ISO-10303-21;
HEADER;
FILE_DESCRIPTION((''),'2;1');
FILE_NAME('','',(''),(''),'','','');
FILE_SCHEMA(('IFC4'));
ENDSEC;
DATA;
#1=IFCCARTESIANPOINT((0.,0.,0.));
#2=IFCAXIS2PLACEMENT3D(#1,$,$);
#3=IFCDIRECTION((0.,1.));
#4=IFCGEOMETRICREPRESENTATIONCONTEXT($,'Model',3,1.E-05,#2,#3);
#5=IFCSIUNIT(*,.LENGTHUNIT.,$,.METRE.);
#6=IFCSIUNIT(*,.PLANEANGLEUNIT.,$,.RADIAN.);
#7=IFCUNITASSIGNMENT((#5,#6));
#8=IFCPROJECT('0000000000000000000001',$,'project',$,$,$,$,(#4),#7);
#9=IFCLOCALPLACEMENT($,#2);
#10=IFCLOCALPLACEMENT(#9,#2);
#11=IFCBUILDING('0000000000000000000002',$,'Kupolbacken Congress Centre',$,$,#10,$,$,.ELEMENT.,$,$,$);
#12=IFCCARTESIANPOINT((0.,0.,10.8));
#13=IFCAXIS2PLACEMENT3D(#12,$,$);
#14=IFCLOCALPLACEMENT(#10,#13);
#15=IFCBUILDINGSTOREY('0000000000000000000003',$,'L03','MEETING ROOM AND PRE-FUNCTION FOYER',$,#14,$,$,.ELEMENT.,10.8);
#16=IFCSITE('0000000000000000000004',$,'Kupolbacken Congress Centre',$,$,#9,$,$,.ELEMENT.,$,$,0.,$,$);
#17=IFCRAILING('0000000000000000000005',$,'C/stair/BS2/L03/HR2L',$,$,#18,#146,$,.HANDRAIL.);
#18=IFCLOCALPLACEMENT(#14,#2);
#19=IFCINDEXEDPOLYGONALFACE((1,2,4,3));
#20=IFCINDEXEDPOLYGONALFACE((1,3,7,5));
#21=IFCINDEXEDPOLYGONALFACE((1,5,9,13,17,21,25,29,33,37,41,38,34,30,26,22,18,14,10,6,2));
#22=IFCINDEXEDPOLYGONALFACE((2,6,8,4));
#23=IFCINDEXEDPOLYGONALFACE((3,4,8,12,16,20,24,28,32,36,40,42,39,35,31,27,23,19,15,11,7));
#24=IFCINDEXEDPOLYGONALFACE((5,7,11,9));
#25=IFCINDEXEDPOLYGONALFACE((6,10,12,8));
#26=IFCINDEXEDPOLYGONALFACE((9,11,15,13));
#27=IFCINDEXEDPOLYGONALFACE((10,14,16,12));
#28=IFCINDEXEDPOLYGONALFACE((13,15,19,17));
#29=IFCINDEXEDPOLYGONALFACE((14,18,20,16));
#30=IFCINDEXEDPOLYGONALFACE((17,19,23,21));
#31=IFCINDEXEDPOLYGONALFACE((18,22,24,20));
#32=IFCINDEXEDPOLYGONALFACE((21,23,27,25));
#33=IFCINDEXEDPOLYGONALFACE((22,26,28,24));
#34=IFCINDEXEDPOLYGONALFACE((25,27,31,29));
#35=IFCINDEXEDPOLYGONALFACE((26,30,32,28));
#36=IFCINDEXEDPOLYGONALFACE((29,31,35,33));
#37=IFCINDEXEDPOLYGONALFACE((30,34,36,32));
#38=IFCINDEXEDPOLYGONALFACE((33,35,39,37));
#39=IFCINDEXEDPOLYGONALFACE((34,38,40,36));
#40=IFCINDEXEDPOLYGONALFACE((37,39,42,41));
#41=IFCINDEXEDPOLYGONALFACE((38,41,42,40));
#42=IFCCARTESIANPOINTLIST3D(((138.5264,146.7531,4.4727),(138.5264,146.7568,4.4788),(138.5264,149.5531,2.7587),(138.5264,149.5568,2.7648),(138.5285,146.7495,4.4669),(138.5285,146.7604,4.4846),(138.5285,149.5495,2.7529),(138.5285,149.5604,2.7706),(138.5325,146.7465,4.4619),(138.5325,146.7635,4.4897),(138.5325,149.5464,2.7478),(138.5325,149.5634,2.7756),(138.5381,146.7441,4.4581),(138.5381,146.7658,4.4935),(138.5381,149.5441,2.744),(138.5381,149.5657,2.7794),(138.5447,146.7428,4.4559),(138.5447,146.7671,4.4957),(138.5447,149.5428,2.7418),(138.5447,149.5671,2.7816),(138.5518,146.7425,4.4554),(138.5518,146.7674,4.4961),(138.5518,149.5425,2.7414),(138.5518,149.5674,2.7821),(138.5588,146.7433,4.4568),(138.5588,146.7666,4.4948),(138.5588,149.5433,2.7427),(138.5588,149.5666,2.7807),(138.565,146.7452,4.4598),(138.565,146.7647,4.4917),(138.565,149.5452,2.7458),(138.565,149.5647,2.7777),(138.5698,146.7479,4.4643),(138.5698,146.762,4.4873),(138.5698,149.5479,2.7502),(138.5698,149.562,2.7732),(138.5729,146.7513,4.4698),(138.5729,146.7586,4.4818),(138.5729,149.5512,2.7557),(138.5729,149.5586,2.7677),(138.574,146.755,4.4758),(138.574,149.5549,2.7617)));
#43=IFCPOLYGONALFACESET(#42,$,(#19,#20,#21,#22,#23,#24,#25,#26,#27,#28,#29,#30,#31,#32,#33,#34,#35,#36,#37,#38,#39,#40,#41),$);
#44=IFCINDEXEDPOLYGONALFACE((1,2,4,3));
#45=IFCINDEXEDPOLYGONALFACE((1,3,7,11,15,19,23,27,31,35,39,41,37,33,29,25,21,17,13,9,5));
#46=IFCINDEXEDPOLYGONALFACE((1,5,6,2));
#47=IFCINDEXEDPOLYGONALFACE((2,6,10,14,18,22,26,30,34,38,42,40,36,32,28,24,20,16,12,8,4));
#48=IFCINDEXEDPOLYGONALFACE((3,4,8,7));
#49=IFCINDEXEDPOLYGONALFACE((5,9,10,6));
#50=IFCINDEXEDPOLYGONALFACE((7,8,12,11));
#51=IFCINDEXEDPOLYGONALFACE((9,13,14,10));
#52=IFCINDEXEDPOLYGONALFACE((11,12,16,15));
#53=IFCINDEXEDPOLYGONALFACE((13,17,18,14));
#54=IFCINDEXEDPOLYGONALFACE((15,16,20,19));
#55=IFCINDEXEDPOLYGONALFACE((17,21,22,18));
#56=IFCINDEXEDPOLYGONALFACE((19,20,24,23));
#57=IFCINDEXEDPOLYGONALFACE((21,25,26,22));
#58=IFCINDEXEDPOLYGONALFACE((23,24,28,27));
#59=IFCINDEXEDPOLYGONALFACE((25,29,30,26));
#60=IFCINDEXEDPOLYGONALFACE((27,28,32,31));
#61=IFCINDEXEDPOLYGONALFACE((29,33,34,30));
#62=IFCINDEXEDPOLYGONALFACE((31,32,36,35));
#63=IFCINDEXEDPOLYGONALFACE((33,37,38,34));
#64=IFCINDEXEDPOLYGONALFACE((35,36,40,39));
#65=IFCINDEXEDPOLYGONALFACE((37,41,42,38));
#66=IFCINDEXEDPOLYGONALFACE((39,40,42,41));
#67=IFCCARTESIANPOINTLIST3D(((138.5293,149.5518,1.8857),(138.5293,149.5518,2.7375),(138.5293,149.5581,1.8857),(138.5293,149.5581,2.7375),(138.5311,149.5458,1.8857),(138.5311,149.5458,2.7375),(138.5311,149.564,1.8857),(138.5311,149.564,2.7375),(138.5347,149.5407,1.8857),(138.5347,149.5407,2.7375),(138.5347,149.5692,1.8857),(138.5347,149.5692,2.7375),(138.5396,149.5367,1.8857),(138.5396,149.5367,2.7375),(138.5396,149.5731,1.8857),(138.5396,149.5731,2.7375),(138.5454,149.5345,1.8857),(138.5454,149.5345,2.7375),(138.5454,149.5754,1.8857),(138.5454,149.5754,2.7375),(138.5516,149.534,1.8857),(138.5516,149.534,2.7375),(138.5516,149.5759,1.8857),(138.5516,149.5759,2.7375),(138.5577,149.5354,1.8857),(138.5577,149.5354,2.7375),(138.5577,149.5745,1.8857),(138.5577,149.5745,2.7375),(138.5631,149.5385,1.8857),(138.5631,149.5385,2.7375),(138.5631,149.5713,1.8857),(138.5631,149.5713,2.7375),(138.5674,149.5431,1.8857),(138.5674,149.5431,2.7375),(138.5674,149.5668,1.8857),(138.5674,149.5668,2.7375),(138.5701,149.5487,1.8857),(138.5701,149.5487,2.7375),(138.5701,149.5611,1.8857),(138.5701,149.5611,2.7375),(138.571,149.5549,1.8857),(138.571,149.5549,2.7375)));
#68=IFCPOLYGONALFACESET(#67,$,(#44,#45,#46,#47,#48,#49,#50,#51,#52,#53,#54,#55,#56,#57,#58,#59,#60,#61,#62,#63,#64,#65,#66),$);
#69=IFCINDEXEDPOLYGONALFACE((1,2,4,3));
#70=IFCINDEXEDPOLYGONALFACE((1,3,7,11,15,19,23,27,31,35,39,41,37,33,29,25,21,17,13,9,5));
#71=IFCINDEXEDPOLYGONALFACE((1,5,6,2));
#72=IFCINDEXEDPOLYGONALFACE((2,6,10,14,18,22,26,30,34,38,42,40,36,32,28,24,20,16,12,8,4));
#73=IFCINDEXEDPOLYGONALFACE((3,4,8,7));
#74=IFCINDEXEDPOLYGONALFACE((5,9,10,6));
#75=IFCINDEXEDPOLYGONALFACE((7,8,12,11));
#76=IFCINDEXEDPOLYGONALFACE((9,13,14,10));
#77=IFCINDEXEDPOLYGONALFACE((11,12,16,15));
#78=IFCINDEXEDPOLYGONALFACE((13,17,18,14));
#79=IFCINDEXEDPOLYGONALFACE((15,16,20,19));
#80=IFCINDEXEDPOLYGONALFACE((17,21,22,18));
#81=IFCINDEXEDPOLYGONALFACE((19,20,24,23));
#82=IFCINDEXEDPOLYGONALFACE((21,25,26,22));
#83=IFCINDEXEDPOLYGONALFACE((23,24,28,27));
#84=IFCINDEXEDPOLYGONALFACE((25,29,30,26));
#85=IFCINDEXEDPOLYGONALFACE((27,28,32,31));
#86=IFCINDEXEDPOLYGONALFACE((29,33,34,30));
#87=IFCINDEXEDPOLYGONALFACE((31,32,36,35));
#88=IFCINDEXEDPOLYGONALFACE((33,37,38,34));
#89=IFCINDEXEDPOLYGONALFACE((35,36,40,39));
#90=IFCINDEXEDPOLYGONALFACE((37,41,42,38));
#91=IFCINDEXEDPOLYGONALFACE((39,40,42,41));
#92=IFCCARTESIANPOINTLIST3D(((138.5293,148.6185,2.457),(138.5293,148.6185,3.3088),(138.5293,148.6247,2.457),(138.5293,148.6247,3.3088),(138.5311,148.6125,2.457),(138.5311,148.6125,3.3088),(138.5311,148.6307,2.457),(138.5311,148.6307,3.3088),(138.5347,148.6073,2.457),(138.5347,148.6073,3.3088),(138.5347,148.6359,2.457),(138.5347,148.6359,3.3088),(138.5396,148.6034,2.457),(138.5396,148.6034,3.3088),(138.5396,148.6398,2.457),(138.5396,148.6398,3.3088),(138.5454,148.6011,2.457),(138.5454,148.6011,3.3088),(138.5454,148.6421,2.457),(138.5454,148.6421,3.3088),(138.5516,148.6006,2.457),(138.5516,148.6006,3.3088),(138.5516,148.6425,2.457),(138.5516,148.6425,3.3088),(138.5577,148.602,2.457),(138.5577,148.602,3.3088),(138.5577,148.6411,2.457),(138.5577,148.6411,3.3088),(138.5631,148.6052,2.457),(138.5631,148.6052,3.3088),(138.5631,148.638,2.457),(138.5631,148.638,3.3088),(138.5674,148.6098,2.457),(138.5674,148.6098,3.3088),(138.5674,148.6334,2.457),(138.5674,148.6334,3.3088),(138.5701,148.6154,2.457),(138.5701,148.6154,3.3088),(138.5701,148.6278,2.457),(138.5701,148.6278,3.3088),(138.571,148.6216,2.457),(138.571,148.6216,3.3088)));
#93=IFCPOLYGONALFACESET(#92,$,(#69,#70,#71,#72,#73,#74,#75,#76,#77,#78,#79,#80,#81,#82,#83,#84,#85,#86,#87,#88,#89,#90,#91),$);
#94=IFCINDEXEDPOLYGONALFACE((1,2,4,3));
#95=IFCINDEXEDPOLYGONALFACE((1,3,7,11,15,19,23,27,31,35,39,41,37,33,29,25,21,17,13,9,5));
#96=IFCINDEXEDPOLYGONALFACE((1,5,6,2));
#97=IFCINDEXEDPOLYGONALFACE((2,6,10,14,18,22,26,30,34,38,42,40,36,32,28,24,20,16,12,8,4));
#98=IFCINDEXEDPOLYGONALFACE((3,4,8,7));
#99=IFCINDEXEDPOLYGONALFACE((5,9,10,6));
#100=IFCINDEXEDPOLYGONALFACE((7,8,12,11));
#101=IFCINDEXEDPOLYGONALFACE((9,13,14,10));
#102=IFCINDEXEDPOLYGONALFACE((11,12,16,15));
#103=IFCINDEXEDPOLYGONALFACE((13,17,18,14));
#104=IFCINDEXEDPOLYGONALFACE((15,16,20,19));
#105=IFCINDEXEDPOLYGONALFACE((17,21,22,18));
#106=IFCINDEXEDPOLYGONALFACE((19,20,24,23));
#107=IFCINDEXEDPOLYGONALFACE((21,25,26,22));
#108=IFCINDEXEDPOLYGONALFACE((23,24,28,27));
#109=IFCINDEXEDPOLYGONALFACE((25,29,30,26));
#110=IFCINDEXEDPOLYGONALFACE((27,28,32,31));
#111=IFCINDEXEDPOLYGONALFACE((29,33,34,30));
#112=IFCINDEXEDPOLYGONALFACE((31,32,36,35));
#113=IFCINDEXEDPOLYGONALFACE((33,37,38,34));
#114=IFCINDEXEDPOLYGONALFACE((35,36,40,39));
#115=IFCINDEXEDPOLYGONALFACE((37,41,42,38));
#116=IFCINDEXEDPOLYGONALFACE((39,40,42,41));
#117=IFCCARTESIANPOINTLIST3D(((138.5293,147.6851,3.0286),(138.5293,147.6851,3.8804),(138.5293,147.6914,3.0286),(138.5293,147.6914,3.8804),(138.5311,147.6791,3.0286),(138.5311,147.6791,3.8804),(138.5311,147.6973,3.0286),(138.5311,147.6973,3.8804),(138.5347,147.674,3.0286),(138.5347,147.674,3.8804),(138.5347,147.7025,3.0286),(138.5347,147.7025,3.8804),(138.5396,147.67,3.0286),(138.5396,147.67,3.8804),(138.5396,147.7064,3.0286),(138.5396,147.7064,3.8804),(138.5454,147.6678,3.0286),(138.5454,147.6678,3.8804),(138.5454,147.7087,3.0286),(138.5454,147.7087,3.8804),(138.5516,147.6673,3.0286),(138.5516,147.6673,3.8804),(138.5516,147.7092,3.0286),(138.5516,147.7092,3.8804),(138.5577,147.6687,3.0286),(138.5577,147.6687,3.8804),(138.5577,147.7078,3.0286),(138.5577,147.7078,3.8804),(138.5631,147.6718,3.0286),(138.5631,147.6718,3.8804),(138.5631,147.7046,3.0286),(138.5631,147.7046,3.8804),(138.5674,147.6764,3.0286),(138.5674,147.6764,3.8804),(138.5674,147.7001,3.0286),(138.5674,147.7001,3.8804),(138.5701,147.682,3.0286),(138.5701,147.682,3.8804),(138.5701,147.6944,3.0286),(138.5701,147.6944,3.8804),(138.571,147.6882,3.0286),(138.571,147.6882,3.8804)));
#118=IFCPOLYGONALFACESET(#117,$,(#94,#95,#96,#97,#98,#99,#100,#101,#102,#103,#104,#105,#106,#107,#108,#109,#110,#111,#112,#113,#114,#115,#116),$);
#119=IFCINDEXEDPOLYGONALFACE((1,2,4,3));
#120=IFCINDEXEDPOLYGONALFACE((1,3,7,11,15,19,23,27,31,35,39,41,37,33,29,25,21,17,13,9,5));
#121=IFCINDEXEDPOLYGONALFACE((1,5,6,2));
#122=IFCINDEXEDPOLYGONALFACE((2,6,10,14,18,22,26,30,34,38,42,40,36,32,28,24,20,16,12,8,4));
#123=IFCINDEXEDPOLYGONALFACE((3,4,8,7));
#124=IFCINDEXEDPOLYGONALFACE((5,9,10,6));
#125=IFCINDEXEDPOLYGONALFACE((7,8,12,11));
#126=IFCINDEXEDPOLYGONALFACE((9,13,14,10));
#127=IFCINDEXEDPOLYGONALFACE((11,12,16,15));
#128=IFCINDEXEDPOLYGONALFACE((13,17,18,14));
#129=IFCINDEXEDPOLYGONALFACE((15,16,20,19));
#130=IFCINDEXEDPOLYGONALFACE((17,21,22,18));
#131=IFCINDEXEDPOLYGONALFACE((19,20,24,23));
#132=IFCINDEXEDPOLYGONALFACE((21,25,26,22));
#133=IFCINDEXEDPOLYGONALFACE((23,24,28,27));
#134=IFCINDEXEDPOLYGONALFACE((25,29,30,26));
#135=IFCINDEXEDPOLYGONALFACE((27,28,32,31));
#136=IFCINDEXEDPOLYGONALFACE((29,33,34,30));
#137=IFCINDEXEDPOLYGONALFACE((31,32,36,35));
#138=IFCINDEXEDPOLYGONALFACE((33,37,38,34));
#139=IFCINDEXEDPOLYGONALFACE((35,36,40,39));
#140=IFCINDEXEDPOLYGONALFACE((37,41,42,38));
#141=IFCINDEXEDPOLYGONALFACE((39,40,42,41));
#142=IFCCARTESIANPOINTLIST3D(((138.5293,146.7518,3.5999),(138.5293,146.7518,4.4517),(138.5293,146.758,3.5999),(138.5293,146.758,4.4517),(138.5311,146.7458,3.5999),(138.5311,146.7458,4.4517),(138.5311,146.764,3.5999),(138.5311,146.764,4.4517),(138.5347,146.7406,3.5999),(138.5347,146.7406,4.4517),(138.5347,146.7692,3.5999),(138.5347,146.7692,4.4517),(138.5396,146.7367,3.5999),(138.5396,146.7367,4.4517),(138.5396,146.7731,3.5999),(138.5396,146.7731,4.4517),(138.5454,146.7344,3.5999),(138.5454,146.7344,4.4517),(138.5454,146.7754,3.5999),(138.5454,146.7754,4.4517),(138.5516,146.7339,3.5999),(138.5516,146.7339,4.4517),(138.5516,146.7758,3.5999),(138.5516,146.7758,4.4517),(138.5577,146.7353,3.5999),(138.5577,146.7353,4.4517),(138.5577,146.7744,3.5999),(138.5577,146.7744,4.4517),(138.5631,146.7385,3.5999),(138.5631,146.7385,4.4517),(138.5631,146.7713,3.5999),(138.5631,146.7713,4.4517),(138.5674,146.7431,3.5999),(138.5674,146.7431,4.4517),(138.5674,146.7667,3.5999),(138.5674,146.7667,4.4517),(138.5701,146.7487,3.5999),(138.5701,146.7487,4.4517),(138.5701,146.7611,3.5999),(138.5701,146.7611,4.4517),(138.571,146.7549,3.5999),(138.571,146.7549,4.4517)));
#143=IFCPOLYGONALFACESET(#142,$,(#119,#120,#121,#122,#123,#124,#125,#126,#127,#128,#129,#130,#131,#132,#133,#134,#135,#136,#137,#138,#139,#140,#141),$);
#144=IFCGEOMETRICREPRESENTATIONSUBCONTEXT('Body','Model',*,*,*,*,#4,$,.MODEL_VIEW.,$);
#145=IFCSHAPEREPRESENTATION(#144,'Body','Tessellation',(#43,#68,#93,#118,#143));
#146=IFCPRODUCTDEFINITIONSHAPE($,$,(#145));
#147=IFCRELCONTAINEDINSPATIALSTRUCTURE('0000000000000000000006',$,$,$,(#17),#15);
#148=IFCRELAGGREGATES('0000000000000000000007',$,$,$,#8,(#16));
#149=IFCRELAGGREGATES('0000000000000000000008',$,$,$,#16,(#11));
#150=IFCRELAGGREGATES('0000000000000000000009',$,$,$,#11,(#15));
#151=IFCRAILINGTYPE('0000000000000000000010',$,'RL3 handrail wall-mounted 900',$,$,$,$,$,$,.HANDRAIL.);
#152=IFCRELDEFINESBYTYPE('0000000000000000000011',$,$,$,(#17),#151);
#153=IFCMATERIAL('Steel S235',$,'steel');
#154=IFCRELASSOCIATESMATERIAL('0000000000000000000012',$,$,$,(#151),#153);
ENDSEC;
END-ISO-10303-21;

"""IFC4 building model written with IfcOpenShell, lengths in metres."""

from ifc_helpers import new_model, si_unit, direction, frame, origin, origin_2d, place, context, subcontext, project, spatial, circle, extrude, material, type_object, element, save


model = new_model("IFC4")

# Units and contexts
model_context = context("Model", 3, precision=1e-05, world=origin(), true_north=direction((0.0, 1.0)))
body_context = subcontext(model_context, "Body", "Model", "MODEL_VIEW")
ifc_project = project(units=[si_unit("LENGTHUNIT", "METRE"), si_unit("PLANEANGLEUNIT", "RADIAN")], contexts=[model_context])

# Site, building, storey
site_placement = place(None, origin())
site = spatial("IfcSite", under=ifc_project, at=site_placement, Name="Kupolbacken Congress Centre", CompositionType="ELEMENT", RefElevation=0.0)
building_placement = place(site_placement, origin())
building = spatial("IfcBuilding", under=site, at=building_placement, Name="Kupolbacken Congress Centre", CompositionType="ELEMENT")
storey_placement = place(building_placement, frame((0.0, 0.0, 10.8)))
storey = spatial("IfcBuildingStorey", under=building, at=storey_placement, Name="L03", Description="MEETING ROOM AND PRE-FUNCTION FOYER", CompositionType="ELEMENT", Elevation=10.8)

# Railing
ifc_material_1 = material(Name="Steel S235", Category="steel")
railing_type = type_object("IfcRailingType", Name="RL3 handrail wall-mounted 900", PredefinedType="HANDRAIL", material=ifc_material_1)
for number, where, name in (
    (1, (138.55, 149.5549, 1.8857), "C/stair/BS2/L03/HR2L"),
):
    element("IfcRailing", number, at=place(storey_placement, frame(where)), inside=storey, type_object=railing_type, Name=name, PredefinedType="HANDRAIL", context=body_context, shape_type="SweptSolid", body=[
        extrude(circle(Radius=0.0239, at=origin_2d()), frame((0.0, 0.0, 0.876), z_axis=(0.0, -0.852879, 0.522109), x_axis=(1.0, 0.0, 0.0)), (0.0, 0.0, 1.0), 3.283),
        extrude(circle(Radius=0.021, at=origin_2d()), origin(), (0.0, 0.0, 1.0), 0.8518),
        extrude(circle(Radius=0.021, at=origin_2d()), frame((0.0, -0.9333, 0.5713)), (0.0, 0.0, 1.0), 0.8518),
        extrude(circle(Radius=0.021, at=origin_2d()), frame((0.0, -1.8667, 1.1428)), (0.0, 0.0, 1.0), 0.8518),
        extrude(circle(Radius=0.021, at=origin_2d()), frame((0.0, -2.8, 1.7141)), (0.0, 0.0, 1.0), 0.8518),
    ])

save(model, "model.ifc")
